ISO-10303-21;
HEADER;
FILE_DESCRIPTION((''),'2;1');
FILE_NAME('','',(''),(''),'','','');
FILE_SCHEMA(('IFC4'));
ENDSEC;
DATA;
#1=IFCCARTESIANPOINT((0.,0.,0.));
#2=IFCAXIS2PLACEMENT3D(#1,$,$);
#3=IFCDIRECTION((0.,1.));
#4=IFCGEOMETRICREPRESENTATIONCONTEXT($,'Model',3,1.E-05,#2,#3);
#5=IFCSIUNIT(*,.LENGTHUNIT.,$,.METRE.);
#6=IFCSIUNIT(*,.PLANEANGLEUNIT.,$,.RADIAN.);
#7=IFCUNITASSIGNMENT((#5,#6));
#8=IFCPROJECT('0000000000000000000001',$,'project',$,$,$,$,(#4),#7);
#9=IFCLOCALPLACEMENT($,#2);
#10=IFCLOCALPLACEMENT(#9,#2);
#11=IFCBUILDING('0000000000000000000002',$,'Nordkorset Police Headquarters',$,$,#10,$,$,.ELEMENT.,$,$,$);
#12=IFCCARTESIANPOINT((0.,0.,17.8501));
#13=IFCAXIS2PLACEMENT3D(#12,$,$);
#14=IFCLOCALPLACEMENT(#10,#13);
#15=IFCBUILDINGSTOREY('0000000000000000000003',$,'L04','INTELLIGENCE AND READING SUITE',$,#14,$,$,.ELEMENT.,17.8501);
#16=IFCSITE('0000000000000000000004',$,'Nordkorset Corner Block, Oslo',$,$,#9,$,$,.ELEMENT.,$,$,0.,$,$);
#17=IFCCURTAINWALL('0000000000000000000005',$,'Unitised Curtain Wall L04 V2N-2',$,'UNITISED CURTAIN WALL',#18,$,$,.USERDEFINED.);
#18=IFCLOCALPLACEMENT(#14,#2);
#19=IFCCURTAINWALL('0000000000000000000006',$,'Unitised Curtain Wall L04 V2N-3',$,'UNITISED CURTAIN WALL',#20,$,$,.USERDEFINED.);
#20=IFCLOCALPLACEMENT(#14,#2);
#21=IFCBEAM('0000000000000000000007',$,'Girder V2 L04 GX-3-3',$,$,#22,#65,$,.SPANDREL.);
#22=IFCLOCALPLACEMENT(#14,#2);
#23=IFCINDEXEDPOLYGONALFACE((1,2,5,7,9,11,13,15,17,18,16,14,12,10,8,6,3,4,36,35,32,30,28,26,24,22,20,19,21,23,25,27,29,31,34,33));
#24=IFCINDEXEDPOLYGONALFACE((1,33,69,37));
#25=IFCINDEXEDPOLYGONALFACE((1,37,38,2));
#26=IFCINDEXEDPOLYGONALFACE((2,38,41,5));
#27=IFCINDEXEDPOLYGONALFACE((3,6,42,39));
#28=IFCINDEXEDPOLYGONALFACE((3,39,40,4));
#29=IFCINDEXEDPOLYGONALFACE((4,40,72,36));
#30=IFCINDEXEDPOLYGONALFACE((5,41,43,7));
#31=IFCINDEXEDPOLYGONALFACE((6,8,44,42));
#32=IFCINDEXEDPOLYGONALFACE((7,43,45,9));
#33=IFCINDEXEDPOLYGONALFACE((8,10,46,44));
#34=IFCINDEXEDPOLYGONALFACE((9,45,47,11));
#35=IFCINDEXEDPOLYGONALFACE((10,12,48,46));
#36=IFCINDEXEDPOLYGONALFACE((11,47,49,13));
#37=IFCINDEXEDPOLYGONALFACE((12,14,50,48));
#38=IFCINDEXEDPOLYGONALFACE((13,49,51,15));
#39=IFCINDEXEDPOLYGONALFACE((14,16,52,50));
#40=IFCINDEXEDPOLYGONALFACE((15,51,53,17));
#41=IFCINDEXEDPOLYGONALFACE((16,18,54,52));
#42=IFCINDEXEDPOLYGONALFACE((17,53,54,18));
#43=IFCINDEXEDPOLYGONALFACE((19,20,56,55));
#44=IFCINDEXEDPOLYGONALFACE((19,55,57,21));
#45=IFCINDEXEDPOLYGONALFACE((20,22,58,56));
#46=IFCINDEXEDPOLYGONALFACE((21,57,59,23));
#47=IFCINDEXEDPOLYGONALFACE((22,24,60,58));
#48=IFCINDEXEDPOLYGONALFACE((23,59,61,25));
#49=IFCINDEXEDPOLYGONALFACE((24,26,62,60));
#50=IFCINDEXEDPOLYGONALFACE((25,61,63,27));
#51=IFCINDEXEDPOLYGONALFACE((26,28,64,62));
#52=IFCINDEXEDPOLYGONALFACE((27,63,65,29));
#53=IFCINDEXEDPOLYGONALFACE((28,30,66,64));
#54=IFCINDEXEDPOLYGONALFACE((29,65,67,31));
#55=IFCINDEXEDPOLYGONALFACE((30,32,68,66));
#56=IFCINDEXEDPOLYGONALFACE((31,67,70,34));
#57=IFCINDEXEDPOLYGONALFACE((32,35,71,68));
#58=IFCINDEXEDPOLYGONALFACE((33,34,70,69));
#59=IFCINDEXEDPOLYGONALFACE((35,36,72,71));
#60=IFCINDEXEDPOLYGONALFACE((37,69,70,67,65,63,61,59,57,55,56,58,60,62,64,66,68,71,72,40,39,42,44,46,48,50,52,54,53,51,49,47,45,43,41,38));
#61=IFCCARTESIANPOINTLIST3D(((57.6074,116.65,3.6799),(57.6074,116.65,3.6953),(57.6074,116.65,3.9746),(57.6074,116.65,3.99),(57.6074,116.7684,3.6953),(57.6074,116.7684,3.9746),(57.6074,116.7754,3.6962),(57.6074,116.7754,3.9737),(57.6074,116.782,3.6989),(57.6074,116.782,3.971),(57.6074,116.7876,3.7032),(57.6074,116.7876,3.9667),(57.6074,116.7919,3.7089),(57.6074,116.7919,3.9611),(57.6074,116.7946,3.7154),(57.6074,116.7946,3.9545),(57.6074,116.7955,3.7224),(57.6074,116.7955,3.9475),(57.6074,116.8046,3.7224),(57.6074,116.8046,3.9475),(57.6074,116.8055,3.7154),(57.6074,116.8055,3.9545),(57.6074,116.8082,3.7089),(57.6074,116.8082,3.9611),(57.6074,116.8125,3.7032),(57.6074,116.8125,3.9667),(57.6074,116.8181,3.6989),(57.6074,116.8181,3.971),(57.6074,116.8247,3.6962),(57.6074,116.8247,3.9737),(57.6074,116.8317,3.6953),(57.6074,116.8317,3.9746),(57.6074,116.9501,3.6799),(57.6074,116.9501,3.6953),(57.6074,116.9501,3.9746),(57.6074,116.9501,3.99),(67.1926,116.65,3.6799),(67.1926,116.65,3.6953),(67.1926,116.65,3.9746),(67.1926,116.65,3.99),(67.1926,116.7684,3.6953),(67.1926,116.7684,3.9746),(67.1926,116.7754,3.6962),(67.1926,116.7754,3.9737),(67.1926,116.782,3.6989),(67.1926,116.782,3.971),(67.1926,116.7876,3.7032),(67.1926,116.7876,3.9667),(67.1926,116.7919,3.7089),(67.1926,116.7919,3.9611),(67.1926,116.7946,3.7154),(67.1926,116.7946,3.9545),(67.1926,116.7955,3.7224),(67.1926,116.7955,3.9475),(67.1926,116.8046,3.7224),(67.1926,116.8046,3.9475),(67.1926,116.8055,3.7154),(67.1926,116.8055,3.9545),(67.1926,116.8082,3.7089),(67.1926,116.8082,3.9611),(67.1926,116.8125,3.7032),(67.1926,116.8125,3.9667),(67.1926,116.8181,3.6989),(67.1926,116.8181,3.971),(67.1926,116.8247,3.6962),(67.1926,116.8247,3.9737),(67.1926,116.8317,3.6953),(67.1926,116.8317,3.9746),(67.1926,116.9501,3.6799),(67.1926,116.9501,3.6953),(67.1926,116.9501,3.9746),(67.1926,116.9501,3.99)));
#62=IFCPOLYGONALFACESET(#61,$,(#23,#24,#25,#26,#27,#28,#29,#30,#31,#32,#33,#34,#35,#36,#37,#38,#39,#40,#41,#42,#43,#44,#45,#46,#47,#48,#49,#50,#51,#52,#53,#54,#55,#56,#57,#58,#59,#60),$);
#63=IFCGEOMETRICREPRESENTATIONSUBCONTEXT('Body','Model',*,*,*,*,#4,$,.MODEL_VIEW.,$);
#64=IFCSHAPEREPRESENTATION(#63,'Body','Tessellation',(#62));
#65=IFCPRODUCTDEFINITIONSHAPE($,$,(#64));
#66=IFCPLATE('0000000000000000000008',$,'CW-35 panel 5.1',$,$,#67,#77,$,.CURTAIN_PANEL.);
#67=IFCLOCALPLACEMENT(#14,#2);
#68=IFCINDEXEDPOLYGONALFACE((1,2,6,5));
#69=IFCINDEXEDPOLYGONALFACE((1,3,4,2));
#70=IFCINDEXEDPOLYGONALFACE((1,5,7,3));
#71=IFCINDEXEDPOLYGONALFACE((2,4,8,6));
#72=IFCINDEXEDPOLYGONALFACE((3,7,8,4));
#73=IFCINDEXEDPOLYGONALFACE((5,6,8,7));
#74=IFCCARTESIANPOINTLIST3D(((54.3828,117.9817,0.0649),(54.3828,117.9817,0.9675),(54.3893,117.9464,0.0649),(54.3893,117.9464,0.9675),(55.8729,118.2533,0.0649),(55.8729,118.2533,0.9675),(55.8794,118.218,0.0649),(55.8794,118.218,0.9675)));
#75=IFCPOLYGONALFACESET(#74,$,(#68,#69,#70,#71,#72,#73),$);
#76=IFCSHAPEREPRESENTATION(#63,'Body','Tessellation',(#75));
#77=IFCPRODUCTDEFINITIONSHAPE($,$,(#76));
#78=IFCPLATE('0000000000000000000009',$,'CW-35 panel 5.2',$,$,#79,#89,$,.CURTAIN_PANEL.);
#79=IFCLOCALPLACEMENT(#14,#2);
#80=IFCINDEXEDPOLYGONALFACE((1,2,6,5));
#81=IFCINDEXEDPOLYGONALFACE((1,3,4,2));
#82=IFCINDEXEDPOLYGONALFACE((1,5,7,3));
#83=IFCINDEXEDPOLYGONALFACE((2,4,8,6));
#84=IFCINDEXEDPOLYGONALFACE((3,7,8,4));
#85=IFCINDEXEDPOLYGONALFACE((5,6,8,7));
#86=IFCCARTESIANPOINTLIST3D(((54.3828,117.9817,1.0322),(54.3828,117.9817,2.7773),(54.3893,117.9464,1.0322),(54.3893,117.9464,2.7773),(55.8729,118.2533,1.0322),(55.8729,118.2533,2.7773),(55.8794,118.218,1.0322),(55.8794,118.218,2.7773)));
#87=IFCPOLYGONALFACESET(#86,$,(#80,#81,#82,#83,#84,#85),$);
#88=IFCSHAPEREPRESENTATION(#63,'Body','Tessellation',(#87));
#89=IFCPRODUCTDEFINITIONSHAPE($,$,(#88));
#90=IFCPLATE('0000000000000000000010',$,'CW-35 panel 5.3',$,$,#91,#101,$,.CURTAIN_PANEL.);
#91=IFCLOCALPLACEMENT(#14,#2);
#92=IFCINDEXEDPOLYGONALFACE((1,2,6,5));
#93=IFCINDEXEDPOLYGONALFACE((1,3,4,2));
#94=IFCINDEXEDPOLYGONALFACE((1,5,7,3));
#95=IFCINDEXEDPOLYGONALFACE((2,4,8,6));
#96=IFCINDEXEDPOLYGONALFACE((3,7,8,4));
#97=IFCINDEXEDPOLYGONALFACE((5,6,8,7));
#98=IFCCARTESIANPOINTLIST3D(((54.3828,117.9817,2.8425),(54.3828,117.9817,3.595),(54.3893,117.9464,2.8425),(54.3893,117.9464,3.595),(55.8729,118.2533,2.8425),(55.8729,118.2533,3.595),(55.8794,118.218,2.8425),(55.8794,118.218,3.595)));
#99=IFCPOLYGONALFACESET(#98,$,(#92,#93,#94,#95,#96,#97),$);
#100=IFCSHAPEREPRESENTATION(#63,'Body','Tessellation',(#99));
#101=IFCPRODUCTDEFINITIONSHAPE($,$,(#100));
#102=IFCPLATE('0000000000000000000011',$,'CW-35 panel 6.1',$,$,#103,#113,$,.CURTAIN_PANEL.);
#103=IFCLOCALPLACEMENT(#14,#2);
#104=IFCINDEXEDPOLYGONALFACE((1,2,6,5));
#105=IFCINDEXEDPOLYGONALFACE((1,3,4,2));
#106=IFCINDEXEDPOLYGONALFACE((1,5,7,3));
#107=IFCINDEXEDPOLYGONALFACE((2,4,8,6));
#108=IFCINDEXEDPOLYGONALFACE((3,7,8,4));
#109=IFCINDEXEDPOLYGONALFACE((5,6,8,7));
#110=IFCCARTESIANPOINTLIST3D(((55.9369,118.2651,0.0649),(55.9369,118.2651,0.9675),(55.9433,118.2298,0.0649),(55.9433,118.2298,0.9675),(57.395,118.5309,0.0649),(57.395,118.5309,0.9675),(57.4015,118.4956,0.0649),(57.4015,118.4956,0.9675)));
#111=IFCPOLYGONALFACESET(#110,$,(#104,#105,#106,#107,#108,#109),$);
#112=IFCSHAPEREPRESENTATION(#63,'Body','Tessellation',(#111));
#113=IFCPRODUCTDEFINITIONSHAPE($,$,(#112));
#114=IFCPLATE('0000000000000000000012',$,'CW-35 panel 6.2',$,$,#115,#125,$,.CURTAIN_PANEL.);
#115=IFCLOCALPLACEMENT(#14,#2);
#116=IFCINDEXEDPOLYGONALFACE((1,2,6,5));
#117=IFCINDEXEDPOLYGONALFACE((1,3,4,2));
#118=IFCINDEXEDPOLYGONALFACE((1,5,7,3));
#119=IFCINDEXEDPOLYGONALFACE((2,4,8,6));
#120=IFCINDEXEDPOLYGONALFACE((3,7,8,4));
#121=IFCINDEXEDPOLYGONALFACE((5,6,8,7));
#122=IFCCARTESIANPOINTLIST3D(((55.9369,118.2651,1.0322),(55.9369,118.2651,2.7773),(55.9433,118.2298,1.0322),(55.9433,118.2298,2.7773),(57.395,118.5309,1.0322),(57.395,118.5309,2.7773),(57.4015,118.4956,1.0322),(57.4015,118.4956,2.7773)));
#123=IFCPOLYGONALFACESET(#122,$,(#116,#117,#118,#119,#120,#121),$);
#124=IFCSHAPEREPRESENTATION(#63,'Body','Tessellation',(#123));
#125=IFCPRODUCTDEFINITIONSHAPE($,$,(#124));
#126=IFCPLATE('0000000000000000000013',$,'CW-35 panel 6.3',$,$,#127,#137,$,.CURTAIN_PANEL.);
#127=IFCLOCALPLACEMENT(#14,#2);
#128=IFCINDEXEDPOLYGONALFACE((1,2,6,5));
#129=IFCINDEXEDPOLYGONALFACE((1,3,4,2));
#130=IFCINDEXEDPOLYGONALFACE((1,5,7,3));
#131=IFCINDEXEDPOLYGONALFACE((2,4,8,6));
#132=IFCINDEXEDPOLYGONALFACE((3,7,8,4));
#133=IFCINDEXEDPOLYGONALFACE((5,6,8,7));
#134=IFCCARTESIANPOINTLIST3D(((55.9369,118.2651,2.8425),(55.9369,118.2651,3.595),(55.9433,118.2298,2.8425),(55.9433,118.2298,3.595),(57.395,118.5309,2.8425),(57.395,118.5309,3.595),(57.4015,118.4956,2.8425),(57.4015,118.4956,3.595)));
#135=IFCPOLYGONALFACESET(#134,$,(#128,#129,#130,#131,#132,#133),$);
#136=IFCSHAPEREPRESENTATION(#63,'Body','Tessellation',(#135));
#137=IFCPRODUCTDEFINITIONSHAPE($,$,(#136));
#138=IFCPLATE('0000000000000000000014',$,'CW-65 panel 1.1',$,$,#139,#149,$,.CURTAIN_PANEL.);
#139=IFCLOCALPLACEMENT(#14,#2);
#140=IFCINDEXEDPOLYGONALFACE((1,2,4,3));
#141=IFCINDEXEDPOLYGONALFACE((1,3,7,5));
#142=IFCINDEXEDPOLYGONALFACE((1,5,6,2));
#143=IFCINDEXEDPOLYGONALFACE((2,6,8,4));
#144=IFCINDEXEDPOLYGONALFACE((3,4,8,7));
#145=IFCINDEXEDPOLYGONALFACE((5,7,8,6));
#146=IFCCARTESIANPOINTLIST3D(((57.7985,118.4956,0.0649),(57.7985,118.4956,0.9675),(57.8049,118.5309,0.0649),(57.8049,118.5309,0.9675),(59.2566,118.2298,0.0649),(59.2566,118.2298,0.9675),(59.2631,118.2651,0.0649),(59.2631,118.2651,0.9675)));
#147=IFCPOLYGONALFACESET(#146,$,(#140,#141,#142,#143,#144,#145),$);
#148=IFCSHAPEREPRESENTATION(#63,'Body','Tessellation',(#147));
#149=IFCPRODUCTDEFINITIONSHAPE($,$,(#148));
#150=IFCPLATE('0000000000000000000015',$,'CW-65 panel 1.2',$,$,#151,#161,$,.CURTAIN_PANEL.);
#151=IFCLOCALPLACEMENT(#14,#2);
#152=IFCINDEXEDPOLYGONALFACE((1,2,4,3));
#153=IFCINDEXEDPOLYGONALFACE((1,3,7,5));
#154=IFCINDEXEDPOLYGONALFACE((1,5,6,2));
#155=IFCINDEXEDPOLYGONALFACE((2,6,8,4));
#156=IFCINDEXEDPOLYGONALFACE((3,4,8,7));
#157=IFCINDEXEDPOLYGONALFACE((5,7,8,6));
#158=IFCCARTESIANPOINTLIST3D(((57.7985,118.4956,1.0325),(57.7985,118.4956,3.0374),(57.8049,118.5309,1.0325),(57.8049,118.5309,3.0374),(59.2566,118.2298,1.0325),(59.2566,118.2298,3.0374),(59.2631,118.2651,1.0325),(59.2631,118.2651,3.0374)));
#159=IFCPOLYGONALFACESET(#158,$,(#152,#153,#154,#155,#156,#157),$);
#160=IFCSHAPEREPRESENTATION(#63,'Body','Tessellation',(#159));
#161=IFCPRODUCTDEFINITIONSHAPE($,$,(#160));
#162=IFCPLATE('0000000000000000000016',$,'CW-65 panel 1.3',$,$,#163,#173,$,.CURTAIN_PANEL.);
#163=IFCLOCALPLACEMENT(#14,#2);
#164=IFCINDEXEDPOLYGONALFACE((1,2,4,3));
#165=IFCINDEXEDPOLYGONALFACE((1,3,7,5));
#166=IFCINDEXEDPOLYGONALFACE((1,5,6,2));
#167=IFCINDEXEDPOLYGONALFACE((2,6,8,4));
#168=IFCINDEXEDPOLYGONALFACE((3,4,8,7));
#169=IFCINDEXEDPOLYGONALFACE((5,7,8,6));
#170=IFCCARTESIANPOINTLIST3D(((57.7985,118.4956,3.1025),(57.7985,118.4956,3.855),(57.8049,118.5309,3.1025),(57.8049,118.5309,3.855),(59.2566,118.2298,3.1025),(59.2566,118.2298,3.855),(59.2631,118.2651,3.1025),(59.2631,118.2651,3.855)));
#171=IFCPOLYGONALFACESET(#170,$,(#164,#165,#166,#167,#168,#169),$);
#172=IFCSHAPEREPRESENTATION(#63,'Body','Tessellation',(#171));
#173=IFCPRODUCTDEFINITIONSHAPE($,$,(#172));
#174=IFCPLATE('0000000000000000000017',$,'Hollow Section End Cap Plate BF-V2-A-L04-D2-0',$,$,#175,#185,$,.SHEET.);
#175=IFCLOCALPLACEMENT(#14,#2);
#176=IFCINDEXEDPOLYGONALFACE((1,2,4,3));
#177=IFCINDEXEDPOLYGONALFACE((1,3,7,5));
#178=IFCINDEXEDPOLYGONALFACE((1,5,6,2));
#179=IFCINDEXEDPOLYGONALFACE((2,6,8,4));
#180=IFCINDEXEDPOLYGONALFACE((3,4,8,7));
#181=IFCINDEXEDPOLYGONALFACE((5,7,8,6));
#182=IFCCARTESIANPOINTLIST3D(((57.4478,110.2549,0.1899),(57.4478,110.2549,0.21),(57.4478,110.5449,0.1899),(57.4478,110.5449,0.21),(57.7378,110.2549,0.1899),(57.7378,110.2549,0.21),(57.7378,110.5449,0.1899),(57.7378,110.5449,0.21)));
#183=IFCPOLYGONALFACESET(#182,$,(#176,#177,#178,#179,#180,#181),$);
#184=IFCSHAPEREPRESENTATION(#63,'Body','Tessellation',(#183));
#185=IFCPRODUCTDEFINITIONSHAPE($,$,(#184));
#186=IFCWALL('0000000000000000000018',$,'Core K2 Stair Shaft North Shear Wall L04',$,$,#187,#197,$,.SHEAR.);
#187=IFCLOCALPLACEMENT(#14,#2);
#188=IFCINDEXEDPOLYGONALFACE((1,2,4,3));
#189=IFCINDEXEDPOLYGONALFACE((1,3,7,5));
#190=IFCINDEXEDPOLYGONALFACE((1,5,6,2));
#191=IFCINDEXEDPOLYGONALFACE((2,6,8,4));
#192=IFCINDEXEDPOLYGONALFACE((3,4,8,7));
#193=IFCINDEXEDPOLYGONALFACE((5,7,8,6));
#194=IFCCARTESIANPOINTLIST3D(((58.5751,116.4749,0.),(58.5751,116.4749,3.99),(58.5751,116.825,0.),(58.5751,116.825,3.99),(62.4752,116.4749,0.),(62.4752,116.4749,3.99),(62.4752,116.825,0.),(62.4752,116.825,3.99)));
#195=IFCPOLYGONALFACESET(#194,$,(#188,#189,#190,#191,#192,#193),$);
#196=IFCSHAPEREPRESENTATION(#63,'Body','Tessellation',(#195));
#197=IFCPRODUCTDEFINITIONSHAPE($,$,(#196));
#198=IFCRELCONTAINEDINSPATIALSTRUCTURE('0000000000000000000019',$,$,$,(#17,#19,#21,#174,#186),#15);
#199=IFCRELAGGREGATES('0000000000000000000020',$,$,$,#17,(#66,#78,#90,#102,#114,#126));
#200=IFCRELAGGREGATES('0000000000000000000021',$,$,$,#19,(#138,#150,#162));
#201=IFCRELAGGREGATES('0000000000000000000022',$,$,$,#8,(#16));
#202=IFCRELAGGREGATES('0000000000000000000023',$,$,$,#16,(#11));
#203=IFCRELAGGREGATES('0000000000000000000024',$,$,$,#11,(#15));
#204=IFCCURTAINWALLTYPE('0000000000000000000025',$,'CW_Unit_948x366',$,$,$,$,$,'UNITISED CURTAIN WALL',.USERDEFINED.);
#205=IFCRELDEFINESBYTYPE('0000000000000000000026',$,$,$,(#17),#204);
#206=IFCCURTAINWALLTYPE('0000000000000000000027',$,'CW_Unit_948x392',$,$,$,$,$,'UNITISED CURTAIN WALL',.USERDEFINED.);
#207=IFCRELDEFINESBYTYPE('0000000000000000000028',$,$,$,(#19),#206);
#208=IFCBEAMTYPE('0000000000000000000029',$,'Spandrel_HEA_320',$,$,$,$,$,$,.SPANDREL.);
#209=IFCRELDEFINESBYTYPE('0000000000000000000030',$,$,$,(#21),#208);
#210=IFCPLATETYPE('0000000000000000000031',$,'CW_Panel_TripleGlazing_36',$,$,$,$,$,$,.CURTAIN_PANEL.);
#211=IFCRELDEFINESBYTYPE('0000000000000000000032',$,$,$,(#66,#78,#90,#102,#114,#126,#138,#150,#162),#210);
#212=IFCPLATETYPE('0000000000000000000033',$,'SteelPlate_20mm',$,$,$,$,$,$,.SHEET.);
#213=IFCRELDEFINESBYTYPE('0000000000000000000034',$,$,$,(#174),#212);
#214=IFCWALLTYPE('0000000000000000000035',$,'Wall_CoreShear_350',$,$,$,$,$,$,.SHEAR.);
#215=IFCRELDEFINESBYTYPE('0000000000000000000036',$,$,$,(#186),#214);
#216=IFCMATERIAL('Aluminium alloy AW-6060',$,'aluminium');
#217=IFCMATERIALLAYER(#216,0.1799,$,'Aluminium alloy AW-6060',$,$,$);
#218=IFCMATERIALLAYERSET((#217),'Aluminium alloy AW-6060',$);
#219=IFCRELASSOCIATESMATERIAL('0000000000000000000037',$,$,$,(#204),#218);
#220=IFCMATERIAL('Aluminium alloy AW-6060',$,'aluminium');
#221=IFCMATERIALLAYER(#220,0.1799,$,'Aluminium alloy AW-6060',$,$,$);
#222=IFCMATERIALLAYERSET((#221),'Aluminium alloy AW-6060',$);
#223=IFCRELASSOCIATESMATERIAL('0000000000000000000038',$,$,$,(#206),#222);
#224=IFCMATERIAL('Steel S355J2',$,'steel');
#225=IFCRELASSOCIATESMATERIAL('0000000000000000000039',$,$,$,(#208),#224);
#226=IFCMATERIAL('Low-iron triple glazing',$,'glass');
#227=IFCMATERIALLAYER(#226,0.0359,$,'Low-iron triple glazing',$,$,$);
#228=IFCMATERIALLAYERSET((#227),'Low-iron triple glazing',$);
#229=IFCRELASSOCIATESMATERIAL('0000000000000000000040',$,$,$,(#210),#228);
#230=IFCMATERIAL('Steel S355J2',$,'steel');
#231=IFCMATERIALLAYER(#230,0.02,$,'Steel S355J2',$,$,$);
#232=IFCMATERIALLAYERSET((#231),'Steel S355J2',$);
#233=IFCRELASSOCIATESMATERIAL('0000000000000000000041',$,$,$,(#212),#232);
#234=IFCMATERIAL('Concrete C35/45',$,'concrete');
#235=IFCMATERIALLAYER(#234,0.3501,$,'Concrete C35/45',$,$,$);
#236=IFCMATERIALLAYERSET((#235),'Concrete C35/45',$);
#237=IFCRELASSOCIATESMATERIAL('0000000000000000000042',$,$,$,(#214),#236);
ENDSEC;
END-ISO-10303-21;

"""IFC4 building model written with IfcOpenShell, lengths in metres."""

from ifc_helpers import new_model, si_unit, direction, frame, frame_2d, origin, origin_2d, place, context, subcontext, project, spatial, rectangle, i_section, extrude, material, layer, layer_set, material_profile, profile_set, type_object, element, aggregate, save


model = new_model("IFC4")

# Units and contexts
model_context = context("Model", 3, precision=1e-05, world=origin(), true_north=direction((0.0, 1.0)))
body_context = subcontext(model_context, "Body", "Model", "MODEL_VIEW")
ifc_project = project(units=[si_unit("LENGTHUNIT", "METRE"), si_unit("PLANEANGLEUNIT", "RADIAN")], contexts=[model_context])

# Site, building, storey
site_placement = place(None, origin())
site = spatial("IfcSite", under=ifc_project, at=site_placement, Name="Nordkorset Corner Block, Oslo", CompositionType="ELEMENT", RefElevation=0.0)
building_placement = place(site_placement, origin())
building = spatial("IfcBuilding", under=site, at=building_placement, Name="Nordkorset Police Headquarters", CompositionType="ELEMENT")
storey_placement = place(building_placement, frame((0.0, 0.0, 17.8501)))
storey = spatial("IfcBuildingStorey", under=building, at=storey_placement, Name="L04", Description="INTELLIGENCE AND READING SUITE", CompositionType="ELEMENT", Elevation=17.8501)

# Curtain walls
ifc_material_1 = material(Name="Aluminium alloy AW-6060", Category="aluminium")
ifc_layer_1 = layer(ifc_material_1, 0.1799, Name="Aluminium alloy AW-6060")
ifc_layer_set_1 = layer_set([ifc_layer_1], Name="Aluminium alloy AW-6060")
curtain_wall_type_1 = type_object("IfcCurtainWallType", Name="CW_Unit_948x366", ElementType="UNITISED CURTAIN WALL", PredefinedType="USERDEFINED", material=ifc_layer_set_1)
curtain_wall_1_placement = place(storey_placement, origin())
curtain_wall_1 = element("IfcCurtainWall", 1, at=curtain_wall_1_placement, inside=storey, type_object=curtain_wall_type_1, Name="Unitised Curtain Wall L04 V2N-2", ObjectType="UNITISED CURTAIN WALL", PredefinedType="USERDEFINED")
ifc_material_2 = material(Name="Aluminium alloy AW-6060", Category="aluminium")
ifc_layer_2 = layer(ifc_material_2, 0.1799, Name="Aluminium alloy AW-6060")
ifc_layer_set_2 = layer_set([ifc_layer_2], Name="Aluminium alloy AW-6060")
curtain_wall_type_2 = type_object("IfcCurtainWallType", Name="CW_Unit_948x392", ElementType="UNITISED CURTAIN WALL", PredefinedType="USERDEFINED", material=ifc_layer_set_2)
curtain_wall_2_placement = place(storey_placement, origin())
curtain_wall_2 = element("IfcCurtainWall", 2, at=curtain_wall_2_placement, inside=storey, type_object=curtain_wall_type_2, Name="Unitised Curtain Wall L04 V2N-3", ObjectType="UNITISED CURTAIN WALL", PredefinedType="USERDEFINED")

# Beam
ifc_material_3 = material(Name="Steel S355J2", Category="steel")
ifc_material_profile_1 = material_profile(ifc_material_3, i_section(OverallWidth=0.3, OverallDepth=0.3101, WebThickness=0.009, FlangeThickness=0.0154, FilletRadius=0.0271, at=origin_2d()), Name="HEA 320")
ifc_profile_set_1 = profile_set([ifc_material_profile_1], Name="Steel S355J2")
beam_type_1 = type_object("IfcBeamType", Name="Spandrel_HEA_320", PredefinedType="SPANDREL", material=ifc_profile_set_1)
beam_1_placement = place(storey_placement, frame((57.6074, 116.8, 3.835), z_axis=(1.0, 0.0, 0.0), x_axis=(0.0, 1.0, 0.0)))
element("IfcBeam", 3, at=beam_1_placement, inside=storey, type_object=beam_type_1, Name="Girder V2 L04 GX-3-3", PredefinedType="SPANDREL", context=body_context, shape_type="SweptSolid", body=[
    extrude(i_section(OverallWidth=0.3, OverallDepth=0.3101, WebThickness=0.009, FlangeThickness=0.0154, FilletRadius=0.0271, at=origin_2d()), origin(), (0.0, 0.0, 1.0), 9.5852),
])

# Plates
ifc_material_4 = material(Name="Low-iron triple glazing", Category="glass")
ifc_layer_3 = layer(ifc_material_4, 0.0359, Name="Low-iron triple glazing")
ifc_layer_set_3 = layer_set([ifc_layer_3], Name="Low-iron triple glazing")
plate_type_1 = type_object("IfcPlateType", Name="CW_Panel_TripleGlazing_36", PredefinedType="CURTAIN_PANEL", material=ifc_layer_set_3)
plate_1_placement = place(storey_placement, frame((55.1311, 118.0999, 0.0649), z_axis=(0.0, 0.0, 1.0), x_axis=(0.983788, 0.179336, 0.0)))
plate_1 = element("IfcPlate", 4, at=plate_1_placement, type_object=plate_type_1, Name="CW-35 panel 5.1", PredefinedType="CURTAIN_PANEL", context=body_context, shape_type="SweptSolid", body=[
    extrude(rectangle(XDim=1.5146, YDim=0.0359, at=origin_2d()), origin(), (0.0, 0.0, 1.0), 0.9026),
])
plate_2_placement = place(storey_placement, frame((55.1311, 118.0999, 1.0322), z_axis=(0.0, 0.0, 1.0), x_axis=(0.983788, 0.179336, 0.0)))
plate_2 = element("IfcPlate", 5, at=plate_2_placement, type_object=plate_type_1, Name="CW-35 panel 5.2", PredefinedType="CURTAIN_PANEL", context=body_context, shape_type="SweptSolid", body=[
    extrude(rectangle(XDim=1.5146, YDim=0.0359, at=origin_2d()), origin(), (0.0, 0.0, 1.0), 1.7451),
])
plate_3_placement = place(storey_placement, frame((55.1311, 118.0999, 2.8425), z_axis=(0.0, 0.0, 1.0), x_axis=(0.983788, 0.179336, 0.0)))
plate_3 = element("IfcPlate", 6, at=plate_3_placement, type_object=plate_type_1, Name="CW-35 panel 5.3", PredefinedType="CURTAIN_PANEL", context=body_context, shape_type="SweptSolid", body=[
    extrude(rectangle(XDim=1.5146, YDim=0.0359, at=origin_2d()), origin(), (0.0, 0.0, 1.0), 0.7524),
])
plate_4_placement = place(storey_placement, frame((56.6692, 118.3804, 0.0649), z_axis=(0.0, 0.0, 1.0), x_axis=(0.983788, 0.179336, 0.0)))
plate_4 = element("IfcPlate", 7, at=plate_4_placement, type_object=plate_type_1, Name="CW-35 panel 6.1", PredefinedType="CURTAIN_PANEL", context=body_context, shape_type="SweptSolid", body=[
    extrude(rectangle(XDim=1.4822, YDim=0.0359, at=origin_2d()), origin(), (0.0, 0.0, 1.0), 0.9026),
])
plate_5_placement = place(storey_placement, frame((56.6692, 118.3804, 1.0322), z_axis=(0.0, 0.0, 1.0), x_axis=(0.983788, 0.179336, 0.0)))
plate_5 = element("IfcPlate", 8, at=plate_5_placement, type_object=plate_type_1, Name="CW-35 panel 6.2", PredefinedType="CURTAIN_PANEL", context=body_context, shape_type="SweptSolid", body=[
    extrude(rectangle(XDim=1.4822, YDim=0.0359, at=origin_2d()), origin(), (0.0, 0.0, 1.0), 1.7451),
])
plate_6_placement = place(storey_placement, frame((56.6692, 118.3804, 2.8425), z_axis=(0.0, 0.0, 1.0), x_axis=(0.983788, 0.179336, 0.0)))
plate_6 = element("IfcPlate", 9, at=plate_6_placement, type_object=plate_type_1, Name="CW-35 panel 6.3", PredefinedType="CURTAIN_PANEL", context=body_context, shape_type="SweptSolid", body=[
    extrude(rectangle(XDim=1.4822, YDim=0.0359, at=origin_2d()), origin(), (0.0, 0.0, 1.0), 0.7524),
])
aggregate(curtain_wall_1, [plate_1, plate_2, plate_3, plate_4, plate_5, plate_6])
plate_7_placement = place(storey_placement, frame((58.5308, 118.3804, 0.0649), z_axis=(0.0, 0.0, 1.0), x_axis=(0.983788, -0.179336, 0.0)))
plate_7 = element("IfcPlate", 10, at=plate_7_placement, type_object=plate_type_1, Name="CW-65 panel 1.1", PredefinedType="CURTAIN_PANEL", context=body_context, shape_type="SweptSolid", body=[
    extrude(rectangle(XDim=1.4822, YDim=0.0359, at=origin_2d()), origin(), (0.0, 0.0, 1.0), 0.9026),
])
plate_8_placement = place(storey_placement, frame((58.5308, 118.3804, 1.0325), z_axis=(0.0, 0.0, 1.0), x_axis=(0.983788, -0.179336, 0.0)))
plate_8 = element("IfcPlate", 11, at=plate_8_placement, type_object=plate_type_1, Name="CW-65 panel 1.2", PredefinedType="CURTAIN_PANEL", context=body_context, shape_type="SweptSolid", body=[
    extrude(rectangle(XDim=1.4822, YDim=0.0359, at=origin_2d()), origin(), (0.0, 0.0, 1.0), 2.0049),
])
plate_9_placement = place(storey_placement, frame((58.5308, 118.3804, 3.1025), z_axis=(0.0, 0.0, 1.0), x_axis=(0.983788, -0.179336, 0.0)))
plate_9 = element("IfcPlate", 12, at=plate_9_placement, type_object=plate_type_1, Name="CW-65 panel 1.3", PredefinedType="CURTAIN_PANEL", context=body_context, shape_type="SweptSolid", body=[
    extrude(rectangle(XDim=1.4822, YDim=0.0359, at=origin_2d()), origin(), (0.0, 0.0, 1.0), 0.7524),
])
aggregate(curtain_wall_2, [plate_7, plate_8, plate_9])
ifc_material_5 = material(Name="Steel S355J2", Category="steel")
ifc_layer_4 = layer(ifc_material_5, 0.02, Name="Steel S355J2")
ifc_layer_set_4 = layer_set([ifc_layer_4], Name="Steel S355J2")
plate_type_2 = type_object("IfcPlateType", Name="SteelPlate_20mm", PredefinedType="SHEET", material=ifc_layer_set_4)
plate_10_placement = place(storey_placement, frame((57.5928, 110.3999, 0.1899), z_axis=(0.0, 0.0, 1.0), x_axis=(1.0, 0.0, 0.0)))
element("IfcPlate", 13, at=plate_10_placement, inside=storey, type_object=plate_type_2, Name="Hollow Section End Cap Plate BF-V2-A-L04-D2-0", PredefinedType="SHEET", context=body_context, shape_type="SweptSolid", body=[
    extrude(rectangle(XDim=0.29, YDim=0.29, at=origin_2d()), origin(), (0.0, 0.0, 1.0), 0.02),
])

# Wall
ifc_material_6 = material(Name="Concrete C35/45", Category="concrete")
ifc_layer_5 = layer(ifc_material_6, 0.3501, Name="Concrete C35/45")
ifc_layer_set_5 = layer_set([ifc_layer_5], Name="Concrete C35/45")
wall_type_1 = type_object("IfcWallType", Name="Wall_CoreShear_350", PredefinedType="SHEAR", material=ifc_layer_set_5)
wall_1_placement = place(storey_placement, frame((58.575, 116.6499, 0.0), z_axis=(0.0, 0.0, 1.0), x_axis=(1.0, 0.0, 0.0)))
element("IfcWall", 14, at=wall_1_placement, inside=storey, type_object=wall_type_1, Name="Core K2 Stair Shaft North Shear Wall L04", PredefinedType="SHEAR", context=body_context, shape_type="SweptSolid", body=[
    extrude(rectangle(XDim=3.9001, YDim=0.3501, at=frame_2d((1.9502, 0.0))), origin(), (0.0, 0.0, 1.0), 3.99),
])

save(model, "model.ifc")
